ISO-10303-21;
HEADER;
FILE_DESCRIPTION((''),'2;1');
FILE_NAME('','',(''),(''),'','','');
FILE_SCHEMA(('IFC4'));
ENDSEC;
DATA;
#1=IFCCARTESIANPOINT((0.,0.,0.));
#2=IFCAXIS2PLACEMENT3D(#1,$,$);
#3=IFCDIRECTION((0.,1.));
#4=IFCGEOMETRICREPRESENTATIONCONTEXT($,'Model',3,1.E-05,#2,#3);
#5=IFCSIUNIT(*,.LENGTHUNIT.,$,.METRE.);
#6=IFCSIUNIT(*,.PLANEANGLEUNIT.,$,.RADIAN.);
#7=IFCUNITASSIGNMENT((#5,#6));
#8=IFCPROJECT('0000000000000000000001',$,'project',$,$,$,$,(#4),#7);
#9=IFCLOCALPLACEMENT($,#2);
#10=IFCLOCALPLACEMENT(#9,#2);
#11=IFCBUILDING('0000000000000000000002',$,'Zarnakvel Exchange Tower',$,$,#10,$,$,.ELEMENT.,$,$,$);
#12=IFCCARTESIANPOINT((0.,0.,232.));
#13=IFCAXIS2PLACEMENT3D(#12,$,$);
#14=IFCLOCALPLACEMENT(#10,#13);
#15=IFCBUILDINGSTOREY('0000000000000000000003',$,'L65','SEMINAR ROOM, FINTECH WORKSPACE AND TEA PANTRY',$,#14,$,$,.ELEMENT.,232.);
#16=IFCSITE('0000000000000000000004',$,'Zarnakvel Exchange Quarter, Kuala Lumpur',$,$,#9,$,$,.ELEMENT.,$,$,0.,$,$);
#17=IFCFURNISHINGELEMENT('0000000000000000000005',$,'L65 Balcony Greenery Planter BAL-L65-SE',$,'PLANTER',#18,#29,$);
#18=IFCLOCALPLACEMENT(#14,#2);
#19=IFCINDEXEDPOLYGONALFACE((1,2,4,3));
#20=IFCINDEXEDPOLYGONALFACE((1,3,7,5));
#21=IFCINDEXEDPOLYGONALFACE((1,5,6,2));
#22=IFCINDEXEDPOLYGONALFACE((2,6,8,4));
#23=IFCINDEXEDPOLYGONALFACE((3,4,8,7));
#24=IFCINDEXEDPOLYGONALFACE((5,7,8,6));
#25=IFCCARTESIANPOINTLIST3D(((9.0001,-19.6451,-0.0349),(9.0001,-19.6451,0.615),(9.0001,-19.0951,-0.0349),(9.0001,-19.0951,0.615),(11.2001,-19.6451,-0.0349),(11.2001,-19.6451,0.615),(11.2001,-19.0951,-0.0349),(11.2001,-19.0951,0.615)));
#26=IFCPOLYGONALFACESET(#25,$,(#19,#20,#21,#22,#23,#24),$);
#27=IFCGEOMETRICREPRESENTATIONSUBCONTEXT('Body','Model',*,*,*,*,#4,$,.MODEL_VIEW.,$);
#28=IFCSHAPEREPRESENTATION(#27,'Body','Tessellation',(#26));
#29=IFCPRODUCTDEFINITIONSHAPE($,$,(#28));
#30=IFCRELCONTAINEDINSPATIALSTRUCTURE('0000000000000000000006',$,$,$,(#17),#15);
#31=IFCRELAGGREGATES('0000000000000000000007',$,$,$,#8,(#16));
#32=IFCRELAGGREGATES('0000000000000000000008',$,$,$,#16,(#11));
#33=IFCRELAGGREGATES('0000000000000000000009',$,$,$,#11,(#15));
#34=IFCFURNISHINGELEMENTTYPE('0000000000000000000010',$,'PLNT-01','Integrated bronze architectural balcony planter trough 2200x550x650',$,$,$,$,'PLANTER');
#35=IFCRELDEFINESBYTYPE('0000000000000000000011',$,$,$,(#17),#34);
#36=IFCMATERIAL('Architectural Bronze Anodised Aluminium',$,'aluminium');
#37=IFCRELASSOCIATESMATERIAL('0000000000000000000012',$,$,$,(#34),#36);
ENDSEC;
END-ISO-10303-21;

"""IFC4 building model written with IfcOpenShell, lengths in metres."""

from ifc_helpers import new_model, si_unit, direction, frame, origin, origin_2d, place, context, subcontext, project, spatial, rectangle, extrude, source, transform, mapped, material, type_object, element, save


model = new_model("IFC4")

# Units and contexts
model_context = context("Model", 3, precision=1e-05, world=origin(), true_north=direction((0.0, 1.0)))
body_context = subcontext(model_context, "Body", "Model", "MODEL_VIEW")
ifc_project = project(units=[si_unit("LENGTHUNIT", "METRE"), si_unit("PLANEANGLEUNIT", "RADIAN")], contexts=[model_context])

# Site, building, storey
site_placement = place(None, origin())
site = spatial("IfcSite", under=ifc_project, at=site_placement, Name="Zarnakvel Exchange Quarter, Kuala Lumpur", CompositionType="ELEMENT", RefElevation=0.0)
building_placement = place(site_placement, origin())
building = spatial("IfcBuilding", under=site, at=building_placement, Name="Zarnakvel Exchange Tower", CompositionType="ELEMENT")
storey_placement = place(building_placement, frame((0.0, 0.0, 232.0)))
storey = spatial("IfcBuildingStorey", under=building, at=storey_placement, Name="L65", Description="SEMINAR ROOM, FINTECH WORKSPACE AND TEA PANTRY", CompositionType="ELEMENT", Elevation=232.0)

# Shared definitions
ifc_material_1 = material(Name="Architectural Bronze Anodised Aluminium", Category="aluminium")

# Furnishing element
furnishing_element_type = type_object("IfcFurnishingElementType", Name="PLNT-01", Description="Integrated bronze architectural balcony planter trough 2200x550x650", ElementType="PLANTER", material=ifc_material_1)
shared_shape_1 = source(origin(), body_context, "Body", "SweptSolid", [
    extrude(rectangle(XDim=2.2, YDim=0.55, at=origin_2d()), origin(), (0.0, 0.0, 1.0), 0.6499),
])
furnishing_placement = place(storey_placement, frame((10.1001, -19.3701, -0.0349), z_axis=(0.0, 0.0, 1.0), x_axis=(1.0, 0.0, 0.0)))
element("IfcFurnishingElement", 1, at=furnishing_placement, inside=storey, type_object=furnishing_element_type, Name="L65 Balcony Greenery Planter BAL-L65-SE", ObjectType="PLANTER", context=body_context, shape_type="MappedRepresentation", body=[
    mapped(shared_shape_1, transform((0.0, 0.0, 0.0), x_axis=(1.0, 0.0, 0.0), y_axis=(0.0, 1.0, 0.0), z_axis=(0.0, 0.0, 1.0), scale=1.0)),
])

save(model, "model.ifc")
